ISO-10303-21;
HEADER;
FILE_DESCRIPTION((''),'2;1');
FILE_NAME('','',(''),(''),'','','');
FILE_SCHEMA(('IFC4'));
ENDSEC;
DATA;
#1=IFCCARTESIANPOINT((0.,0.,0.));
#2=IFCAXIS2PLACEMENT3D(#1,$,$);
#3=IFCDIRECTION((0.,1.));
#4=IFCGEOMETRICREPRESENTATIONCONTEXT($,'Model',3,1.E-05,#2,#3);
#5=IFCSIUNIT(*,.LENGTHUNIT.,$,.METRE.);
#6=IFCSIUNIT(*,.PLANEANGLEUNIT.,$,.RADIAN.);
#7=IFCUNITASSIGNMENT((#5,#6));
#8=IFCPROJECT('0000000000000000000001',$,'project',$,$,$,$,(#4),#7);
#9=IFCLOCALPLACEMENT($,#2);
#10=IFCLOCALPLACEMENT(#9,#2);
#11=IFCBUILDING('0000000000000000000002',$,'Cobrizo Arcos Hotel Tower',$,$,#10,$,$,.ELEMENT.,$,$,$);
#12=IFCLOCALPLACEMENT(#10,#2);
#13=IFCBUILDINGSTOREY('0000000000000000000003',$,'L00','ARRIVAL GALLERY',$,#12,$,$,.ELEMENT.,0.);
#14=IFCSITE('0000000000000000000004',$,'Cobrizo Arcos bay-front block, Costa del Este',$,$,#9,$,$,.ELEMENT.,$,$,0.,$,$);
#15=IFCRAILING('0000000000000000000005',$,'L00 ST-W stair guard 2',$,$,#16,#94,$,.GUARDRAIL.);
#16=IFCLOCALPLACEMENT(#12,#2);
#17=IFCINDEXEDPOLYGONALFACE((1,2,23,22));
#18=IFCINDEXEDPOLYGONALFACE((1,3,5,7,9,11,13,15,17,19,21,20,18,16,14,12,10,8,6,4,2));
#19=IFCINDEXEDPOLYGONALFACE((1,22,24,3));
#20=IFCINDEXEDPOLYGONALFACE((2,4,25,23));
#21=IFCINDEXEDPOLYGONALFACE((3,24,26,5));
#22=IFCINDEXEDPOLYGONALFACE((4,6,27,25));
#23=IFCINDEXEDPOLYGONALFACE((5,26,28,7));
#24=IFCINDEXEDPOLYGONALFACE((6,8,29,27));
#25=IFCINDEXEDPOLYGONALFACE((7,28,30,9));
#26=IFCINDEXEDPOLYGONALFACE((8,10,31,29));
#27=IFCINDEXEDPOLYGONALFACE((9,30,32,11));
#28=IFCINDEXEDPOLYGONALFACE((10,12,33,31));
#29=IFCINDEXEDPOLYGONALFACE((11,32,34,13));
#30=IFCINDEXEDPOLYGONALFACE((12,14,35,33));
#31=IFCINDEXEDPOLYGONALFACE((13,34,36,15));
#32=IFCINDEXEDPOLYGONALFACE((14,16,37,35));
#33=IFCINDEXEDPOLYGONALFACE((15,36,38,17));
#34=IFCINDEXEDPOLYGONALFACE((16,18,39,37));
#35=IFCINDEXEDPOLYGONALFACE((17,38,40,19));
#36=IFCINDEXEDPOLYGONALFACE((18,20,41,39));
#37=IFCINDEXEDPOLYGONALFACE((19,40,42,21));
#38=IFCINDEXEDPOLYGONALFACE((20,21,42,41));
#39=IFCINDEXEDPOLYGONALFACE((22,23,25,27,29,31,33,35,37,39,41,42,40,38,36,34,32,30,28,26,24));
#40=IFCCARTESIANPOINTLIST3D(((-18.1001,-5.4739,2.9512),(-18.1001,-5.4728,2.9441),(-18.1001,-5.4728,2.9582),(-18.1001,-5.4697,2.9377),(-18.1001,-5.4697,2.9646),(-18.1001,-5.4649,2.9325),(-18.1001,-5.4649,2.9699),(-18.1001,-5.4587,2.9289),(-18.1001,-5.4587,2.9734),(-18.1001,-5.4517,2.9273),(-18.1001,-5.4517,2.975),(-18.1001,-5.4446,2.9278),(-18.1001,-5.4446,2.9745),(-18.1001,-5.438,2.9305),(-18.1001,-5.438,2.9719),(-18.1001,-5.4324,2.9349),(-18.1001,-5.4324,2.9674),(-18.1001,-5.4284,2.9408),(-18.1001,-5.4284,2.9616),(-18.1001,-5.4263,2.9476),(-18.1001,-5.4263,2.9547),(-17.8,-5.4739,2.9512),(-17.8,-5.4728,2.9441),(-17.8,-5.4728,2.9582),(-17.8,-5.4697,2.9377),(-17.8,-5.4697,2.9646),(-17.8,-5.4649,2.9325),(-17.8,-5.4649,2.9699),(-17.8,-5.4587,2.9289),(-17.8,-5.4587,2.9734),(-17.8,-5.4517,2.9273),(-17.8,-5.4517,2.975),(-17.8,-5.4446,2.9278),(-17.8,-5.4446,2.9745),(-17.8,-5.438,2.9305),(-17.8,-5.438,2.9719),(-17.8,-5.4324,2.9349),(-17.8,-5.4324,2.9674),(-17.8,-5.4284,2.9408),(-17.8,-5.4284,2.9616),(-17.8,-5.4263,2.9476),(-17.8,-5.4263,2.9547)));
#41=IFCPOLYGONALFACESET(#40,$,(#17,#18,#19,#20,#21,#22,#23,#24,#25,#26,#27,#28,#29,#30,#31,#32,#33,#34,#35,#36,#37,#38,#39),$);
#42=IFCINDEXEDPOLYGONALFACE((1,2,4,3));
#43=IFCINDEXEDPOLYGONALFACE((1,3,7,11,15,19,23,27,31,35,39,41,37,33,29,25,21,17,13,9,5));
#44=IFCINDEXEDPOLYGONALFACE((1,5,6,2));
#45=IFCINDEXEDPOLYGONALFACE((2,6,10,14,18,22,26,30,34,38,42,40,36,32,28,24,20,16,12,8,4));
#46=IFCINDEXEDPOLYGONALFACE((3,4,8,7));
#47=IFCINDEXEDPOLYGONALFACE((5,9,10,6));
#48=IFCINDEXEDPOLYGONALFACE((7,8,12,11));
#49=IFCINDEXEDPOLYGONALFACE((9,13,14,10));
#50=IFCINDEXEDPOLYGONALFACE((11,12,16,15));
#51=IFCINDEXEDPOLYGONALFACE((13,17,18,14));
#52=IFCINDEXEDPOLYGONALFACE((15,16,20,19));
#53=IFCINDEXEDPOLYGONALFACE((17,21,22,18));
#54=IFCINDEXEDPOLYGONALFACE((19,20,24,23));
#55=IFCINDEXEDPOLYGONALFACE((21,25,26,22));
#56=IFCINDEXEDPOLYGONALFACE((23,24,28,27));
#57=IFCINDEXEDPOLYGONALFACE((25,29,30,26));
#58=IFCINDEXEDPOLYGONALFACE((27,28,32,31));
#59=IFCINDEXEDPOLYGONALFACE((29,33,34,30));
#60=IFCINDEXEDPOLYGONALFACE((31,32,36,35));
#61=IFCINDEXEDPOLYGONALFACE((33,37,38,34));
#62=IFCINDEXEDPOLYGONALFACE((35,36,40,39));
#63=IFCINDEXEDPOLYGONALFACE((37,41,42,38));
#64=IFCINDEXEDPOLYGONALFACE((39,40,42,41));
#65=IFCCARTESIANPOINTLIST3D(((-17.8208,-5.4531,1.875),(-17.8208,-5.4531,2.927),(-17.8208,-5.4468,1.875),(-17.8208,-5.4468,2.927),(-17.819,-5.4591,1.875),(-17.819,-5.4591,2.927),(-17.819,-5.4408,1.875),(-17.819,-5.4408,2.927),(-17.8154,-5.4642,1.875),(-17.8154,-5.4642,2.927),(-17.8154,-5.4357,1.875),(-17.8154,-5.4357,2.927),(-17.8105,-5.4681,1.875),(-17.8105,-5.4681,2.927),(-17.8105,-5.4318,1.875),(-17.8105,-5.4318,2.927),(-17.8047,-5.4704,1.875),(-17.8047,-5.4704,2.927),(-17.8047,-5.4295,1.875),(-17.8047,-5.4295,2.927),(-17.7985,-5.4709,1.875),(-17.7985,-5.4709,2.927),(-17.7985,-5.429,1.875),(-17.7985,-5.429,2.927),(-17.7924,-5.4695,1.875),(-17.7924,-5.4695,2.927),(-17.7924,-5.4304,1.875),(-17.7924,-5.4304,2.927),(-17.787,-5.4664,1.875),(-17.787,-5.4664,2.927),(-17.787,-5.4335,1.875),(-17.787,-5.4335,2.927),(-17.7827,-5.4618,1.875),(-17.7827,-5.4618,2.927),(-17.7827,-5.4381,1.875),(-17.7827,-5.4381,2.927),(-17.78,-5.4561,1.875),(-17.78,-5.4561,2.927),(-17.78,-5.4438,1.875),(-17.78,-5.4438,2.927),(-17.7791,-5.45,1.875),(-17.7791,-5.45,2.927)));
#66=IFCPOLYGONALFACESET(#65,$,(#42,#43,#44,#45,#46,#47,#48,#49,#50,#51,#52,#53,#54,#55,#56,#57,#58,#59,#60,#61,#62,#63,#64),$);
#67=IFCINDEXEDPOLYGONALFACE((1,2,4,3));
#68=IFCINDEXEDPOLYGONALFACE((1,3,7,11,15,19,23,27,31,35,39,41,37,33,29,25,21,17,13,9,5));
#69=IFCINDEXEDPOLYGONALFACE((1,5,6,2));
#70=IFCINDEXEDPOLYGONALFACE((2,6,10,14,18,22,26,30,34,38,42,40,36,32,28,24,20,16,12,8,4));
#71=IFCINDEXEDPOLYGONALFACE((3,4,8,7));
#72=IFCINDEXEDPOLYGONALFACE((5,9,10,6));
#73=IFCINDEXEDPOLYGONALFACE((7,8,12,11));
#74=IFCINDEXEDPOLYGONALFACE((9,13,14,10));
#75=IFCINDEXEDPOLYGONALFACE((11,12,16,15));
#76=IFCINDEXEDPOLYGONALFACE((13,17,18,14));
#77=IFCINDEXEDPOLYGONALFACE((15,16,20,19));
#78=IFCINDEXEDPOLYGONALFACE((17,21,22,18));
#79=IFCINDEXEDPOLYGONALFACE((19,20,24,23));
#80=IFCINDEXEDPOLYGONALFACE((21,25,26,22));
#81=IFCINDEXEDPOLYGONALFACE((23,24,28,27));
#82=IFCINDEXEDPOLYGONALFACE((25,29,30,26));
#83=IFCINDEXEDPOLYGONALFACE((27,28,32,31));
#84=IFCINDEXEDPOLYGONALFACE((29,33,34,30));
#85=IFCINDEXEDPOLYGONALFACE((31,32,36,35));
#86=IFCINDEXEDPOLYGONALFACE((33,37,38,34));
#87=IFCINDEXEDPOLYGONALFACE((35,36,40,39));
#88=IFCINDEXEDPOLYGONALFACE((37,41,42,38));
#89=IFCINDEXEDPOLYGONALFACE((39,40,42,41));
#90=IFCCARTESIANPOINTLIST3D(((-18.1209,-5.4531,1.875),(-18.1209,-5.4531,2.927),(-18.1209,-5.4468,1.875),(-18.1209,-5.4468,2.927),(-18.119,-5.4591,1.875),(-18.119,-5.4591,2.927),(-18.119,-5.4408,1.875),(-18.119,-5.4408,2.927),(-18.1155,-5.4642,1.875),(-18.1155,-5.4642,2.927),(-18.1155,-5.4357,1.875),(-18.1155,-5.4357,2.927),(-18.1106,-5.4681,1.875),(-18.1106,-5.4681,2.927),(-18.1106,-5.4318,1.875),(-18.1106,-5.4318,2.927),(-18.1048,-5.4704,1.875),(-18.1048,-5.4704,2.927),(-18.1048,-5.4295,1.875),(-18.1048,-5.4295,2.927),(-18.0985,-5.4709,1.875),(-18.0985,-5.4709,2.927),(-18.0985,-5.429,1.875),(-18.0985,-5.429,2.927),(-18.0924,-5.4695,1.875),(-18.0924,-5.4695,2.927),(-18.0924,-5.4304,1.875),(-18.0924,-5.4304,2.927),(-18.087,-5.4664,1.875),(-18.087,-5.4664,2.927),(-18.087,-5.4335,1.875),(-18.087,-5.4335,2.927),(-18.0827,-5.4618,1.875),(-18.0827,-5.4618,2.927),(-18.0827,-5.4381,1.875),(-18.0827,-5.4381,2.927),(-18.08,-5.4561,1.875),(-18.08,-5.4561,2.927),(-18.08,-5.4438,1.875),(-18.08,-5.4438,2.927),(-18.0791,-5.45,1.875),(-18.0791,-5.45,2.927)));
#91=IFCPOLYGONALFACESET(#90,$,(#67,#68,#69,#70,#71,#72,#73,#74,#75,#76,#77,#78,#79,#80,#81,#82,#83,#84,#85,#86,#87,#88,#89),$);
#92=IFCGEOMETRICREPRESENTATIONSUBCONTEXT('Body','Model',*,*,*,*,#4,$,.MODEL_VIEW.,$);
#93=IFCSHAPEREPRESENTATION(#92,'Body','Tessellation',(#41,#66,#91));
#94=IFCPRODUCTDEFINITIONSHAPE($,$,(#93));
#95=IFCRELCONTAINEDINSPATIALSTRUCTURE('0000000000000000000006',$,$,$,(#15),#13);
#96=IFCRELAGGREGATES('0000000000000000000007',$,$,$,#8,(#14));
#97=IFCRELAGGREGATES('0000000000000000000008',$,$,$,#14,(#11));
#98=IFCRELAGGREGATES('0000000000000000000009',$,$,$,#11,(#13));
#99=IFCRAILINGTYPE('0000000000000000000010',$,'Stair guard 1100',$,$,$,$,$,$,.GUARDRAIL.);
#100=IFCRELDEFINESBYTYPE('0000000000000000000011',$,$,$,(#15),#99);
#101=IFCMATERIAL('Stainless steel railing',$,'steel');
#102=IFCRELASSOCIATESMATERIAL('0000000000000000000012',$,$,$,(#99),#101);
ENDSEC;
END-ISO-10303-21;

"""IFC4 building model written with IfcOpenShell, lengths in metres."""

from ifc_helpers import new_model, si_unit, direction, frame, origin, origin_2d, place, context, subcontext, project, spatial, circle, extrude, material, type_object, element, save


model = new_model("IFC4")

# Units and contexts
model_context = context("Model", 3, precision=1e-05, world=origin(), true_north=direction((0.0, 1.0)))
body_context = subcontext(model_context, "Body", "Model", "MODEL_VIEW")
ifc_project = project(units=[si_unit("LENGTHUNIT", "METRE"), si_unit("PLANEANGLEUNIT", "RADIAN")], contexts=[model_context])

# Site, building, storey
site_placement = place(None, origin())
site = spatial("IfcSite", under=ifc_project, at=site_placement, Name="Cobrizo Arcos bay-front block, Costa del Este", CompositionType="ELEMENT", RefElevation=0.0)
building_placement = place(site_placement, origin())
building = spatial("IfcBuilding", under=site, at=building_placement, Name="Cobrizo Arcos Hotel Tower", CompositionType="ELEMENT")
storey_placement = place(building_placement, origin())
storey = spatial("IfcBuildingStorey", under=building, at=storey_placement, Name="L00", Description="ARRIVAL GALLERY", CompositionType="ELEMENT", Elevation=0.0)

# Railing
ifc_material_1 = material(Name="Stainless steel railing", Category="steel")
railing_type_1 = type_object("IfcRailingType", Name="Stair guard 1100", PredefinedType="GUARDRAIL", material=ifc_material_1)
railing_1_placement = place(storey_placement, frame((-17.8, -5.45, 1.875)))
element("IfcRailing", 1, at=railing_1_placement, inside=storey, type_object=railing_type_1, Name="L00 ST-W stair guard 2", PredefinedType="GUARDRAIL", context=body_context, shape_type="SweptSolid", body=[
    extrude(circle(Radius=0.0239, at=origin_2d()), frame((0.0, 0.0, 1.0762), z_axis=(-1.0, 0.0, 0.0), x_axis=(0.0, -1.0, 0.0)), (0.0, 0.0, 1.0), 0.3),
    extrude(circle(Radius=0.021, at=origin_2d()), origin(), (0.0, 0.0, 1.0), 1.052),
    extrude(circle(Radius=0.021, at=origin_2d()), frame((-0.3, 0.0, 0.0)), (0.0, 0.0, 1.0), 1.052),
])

save(model, "model.ifc")
